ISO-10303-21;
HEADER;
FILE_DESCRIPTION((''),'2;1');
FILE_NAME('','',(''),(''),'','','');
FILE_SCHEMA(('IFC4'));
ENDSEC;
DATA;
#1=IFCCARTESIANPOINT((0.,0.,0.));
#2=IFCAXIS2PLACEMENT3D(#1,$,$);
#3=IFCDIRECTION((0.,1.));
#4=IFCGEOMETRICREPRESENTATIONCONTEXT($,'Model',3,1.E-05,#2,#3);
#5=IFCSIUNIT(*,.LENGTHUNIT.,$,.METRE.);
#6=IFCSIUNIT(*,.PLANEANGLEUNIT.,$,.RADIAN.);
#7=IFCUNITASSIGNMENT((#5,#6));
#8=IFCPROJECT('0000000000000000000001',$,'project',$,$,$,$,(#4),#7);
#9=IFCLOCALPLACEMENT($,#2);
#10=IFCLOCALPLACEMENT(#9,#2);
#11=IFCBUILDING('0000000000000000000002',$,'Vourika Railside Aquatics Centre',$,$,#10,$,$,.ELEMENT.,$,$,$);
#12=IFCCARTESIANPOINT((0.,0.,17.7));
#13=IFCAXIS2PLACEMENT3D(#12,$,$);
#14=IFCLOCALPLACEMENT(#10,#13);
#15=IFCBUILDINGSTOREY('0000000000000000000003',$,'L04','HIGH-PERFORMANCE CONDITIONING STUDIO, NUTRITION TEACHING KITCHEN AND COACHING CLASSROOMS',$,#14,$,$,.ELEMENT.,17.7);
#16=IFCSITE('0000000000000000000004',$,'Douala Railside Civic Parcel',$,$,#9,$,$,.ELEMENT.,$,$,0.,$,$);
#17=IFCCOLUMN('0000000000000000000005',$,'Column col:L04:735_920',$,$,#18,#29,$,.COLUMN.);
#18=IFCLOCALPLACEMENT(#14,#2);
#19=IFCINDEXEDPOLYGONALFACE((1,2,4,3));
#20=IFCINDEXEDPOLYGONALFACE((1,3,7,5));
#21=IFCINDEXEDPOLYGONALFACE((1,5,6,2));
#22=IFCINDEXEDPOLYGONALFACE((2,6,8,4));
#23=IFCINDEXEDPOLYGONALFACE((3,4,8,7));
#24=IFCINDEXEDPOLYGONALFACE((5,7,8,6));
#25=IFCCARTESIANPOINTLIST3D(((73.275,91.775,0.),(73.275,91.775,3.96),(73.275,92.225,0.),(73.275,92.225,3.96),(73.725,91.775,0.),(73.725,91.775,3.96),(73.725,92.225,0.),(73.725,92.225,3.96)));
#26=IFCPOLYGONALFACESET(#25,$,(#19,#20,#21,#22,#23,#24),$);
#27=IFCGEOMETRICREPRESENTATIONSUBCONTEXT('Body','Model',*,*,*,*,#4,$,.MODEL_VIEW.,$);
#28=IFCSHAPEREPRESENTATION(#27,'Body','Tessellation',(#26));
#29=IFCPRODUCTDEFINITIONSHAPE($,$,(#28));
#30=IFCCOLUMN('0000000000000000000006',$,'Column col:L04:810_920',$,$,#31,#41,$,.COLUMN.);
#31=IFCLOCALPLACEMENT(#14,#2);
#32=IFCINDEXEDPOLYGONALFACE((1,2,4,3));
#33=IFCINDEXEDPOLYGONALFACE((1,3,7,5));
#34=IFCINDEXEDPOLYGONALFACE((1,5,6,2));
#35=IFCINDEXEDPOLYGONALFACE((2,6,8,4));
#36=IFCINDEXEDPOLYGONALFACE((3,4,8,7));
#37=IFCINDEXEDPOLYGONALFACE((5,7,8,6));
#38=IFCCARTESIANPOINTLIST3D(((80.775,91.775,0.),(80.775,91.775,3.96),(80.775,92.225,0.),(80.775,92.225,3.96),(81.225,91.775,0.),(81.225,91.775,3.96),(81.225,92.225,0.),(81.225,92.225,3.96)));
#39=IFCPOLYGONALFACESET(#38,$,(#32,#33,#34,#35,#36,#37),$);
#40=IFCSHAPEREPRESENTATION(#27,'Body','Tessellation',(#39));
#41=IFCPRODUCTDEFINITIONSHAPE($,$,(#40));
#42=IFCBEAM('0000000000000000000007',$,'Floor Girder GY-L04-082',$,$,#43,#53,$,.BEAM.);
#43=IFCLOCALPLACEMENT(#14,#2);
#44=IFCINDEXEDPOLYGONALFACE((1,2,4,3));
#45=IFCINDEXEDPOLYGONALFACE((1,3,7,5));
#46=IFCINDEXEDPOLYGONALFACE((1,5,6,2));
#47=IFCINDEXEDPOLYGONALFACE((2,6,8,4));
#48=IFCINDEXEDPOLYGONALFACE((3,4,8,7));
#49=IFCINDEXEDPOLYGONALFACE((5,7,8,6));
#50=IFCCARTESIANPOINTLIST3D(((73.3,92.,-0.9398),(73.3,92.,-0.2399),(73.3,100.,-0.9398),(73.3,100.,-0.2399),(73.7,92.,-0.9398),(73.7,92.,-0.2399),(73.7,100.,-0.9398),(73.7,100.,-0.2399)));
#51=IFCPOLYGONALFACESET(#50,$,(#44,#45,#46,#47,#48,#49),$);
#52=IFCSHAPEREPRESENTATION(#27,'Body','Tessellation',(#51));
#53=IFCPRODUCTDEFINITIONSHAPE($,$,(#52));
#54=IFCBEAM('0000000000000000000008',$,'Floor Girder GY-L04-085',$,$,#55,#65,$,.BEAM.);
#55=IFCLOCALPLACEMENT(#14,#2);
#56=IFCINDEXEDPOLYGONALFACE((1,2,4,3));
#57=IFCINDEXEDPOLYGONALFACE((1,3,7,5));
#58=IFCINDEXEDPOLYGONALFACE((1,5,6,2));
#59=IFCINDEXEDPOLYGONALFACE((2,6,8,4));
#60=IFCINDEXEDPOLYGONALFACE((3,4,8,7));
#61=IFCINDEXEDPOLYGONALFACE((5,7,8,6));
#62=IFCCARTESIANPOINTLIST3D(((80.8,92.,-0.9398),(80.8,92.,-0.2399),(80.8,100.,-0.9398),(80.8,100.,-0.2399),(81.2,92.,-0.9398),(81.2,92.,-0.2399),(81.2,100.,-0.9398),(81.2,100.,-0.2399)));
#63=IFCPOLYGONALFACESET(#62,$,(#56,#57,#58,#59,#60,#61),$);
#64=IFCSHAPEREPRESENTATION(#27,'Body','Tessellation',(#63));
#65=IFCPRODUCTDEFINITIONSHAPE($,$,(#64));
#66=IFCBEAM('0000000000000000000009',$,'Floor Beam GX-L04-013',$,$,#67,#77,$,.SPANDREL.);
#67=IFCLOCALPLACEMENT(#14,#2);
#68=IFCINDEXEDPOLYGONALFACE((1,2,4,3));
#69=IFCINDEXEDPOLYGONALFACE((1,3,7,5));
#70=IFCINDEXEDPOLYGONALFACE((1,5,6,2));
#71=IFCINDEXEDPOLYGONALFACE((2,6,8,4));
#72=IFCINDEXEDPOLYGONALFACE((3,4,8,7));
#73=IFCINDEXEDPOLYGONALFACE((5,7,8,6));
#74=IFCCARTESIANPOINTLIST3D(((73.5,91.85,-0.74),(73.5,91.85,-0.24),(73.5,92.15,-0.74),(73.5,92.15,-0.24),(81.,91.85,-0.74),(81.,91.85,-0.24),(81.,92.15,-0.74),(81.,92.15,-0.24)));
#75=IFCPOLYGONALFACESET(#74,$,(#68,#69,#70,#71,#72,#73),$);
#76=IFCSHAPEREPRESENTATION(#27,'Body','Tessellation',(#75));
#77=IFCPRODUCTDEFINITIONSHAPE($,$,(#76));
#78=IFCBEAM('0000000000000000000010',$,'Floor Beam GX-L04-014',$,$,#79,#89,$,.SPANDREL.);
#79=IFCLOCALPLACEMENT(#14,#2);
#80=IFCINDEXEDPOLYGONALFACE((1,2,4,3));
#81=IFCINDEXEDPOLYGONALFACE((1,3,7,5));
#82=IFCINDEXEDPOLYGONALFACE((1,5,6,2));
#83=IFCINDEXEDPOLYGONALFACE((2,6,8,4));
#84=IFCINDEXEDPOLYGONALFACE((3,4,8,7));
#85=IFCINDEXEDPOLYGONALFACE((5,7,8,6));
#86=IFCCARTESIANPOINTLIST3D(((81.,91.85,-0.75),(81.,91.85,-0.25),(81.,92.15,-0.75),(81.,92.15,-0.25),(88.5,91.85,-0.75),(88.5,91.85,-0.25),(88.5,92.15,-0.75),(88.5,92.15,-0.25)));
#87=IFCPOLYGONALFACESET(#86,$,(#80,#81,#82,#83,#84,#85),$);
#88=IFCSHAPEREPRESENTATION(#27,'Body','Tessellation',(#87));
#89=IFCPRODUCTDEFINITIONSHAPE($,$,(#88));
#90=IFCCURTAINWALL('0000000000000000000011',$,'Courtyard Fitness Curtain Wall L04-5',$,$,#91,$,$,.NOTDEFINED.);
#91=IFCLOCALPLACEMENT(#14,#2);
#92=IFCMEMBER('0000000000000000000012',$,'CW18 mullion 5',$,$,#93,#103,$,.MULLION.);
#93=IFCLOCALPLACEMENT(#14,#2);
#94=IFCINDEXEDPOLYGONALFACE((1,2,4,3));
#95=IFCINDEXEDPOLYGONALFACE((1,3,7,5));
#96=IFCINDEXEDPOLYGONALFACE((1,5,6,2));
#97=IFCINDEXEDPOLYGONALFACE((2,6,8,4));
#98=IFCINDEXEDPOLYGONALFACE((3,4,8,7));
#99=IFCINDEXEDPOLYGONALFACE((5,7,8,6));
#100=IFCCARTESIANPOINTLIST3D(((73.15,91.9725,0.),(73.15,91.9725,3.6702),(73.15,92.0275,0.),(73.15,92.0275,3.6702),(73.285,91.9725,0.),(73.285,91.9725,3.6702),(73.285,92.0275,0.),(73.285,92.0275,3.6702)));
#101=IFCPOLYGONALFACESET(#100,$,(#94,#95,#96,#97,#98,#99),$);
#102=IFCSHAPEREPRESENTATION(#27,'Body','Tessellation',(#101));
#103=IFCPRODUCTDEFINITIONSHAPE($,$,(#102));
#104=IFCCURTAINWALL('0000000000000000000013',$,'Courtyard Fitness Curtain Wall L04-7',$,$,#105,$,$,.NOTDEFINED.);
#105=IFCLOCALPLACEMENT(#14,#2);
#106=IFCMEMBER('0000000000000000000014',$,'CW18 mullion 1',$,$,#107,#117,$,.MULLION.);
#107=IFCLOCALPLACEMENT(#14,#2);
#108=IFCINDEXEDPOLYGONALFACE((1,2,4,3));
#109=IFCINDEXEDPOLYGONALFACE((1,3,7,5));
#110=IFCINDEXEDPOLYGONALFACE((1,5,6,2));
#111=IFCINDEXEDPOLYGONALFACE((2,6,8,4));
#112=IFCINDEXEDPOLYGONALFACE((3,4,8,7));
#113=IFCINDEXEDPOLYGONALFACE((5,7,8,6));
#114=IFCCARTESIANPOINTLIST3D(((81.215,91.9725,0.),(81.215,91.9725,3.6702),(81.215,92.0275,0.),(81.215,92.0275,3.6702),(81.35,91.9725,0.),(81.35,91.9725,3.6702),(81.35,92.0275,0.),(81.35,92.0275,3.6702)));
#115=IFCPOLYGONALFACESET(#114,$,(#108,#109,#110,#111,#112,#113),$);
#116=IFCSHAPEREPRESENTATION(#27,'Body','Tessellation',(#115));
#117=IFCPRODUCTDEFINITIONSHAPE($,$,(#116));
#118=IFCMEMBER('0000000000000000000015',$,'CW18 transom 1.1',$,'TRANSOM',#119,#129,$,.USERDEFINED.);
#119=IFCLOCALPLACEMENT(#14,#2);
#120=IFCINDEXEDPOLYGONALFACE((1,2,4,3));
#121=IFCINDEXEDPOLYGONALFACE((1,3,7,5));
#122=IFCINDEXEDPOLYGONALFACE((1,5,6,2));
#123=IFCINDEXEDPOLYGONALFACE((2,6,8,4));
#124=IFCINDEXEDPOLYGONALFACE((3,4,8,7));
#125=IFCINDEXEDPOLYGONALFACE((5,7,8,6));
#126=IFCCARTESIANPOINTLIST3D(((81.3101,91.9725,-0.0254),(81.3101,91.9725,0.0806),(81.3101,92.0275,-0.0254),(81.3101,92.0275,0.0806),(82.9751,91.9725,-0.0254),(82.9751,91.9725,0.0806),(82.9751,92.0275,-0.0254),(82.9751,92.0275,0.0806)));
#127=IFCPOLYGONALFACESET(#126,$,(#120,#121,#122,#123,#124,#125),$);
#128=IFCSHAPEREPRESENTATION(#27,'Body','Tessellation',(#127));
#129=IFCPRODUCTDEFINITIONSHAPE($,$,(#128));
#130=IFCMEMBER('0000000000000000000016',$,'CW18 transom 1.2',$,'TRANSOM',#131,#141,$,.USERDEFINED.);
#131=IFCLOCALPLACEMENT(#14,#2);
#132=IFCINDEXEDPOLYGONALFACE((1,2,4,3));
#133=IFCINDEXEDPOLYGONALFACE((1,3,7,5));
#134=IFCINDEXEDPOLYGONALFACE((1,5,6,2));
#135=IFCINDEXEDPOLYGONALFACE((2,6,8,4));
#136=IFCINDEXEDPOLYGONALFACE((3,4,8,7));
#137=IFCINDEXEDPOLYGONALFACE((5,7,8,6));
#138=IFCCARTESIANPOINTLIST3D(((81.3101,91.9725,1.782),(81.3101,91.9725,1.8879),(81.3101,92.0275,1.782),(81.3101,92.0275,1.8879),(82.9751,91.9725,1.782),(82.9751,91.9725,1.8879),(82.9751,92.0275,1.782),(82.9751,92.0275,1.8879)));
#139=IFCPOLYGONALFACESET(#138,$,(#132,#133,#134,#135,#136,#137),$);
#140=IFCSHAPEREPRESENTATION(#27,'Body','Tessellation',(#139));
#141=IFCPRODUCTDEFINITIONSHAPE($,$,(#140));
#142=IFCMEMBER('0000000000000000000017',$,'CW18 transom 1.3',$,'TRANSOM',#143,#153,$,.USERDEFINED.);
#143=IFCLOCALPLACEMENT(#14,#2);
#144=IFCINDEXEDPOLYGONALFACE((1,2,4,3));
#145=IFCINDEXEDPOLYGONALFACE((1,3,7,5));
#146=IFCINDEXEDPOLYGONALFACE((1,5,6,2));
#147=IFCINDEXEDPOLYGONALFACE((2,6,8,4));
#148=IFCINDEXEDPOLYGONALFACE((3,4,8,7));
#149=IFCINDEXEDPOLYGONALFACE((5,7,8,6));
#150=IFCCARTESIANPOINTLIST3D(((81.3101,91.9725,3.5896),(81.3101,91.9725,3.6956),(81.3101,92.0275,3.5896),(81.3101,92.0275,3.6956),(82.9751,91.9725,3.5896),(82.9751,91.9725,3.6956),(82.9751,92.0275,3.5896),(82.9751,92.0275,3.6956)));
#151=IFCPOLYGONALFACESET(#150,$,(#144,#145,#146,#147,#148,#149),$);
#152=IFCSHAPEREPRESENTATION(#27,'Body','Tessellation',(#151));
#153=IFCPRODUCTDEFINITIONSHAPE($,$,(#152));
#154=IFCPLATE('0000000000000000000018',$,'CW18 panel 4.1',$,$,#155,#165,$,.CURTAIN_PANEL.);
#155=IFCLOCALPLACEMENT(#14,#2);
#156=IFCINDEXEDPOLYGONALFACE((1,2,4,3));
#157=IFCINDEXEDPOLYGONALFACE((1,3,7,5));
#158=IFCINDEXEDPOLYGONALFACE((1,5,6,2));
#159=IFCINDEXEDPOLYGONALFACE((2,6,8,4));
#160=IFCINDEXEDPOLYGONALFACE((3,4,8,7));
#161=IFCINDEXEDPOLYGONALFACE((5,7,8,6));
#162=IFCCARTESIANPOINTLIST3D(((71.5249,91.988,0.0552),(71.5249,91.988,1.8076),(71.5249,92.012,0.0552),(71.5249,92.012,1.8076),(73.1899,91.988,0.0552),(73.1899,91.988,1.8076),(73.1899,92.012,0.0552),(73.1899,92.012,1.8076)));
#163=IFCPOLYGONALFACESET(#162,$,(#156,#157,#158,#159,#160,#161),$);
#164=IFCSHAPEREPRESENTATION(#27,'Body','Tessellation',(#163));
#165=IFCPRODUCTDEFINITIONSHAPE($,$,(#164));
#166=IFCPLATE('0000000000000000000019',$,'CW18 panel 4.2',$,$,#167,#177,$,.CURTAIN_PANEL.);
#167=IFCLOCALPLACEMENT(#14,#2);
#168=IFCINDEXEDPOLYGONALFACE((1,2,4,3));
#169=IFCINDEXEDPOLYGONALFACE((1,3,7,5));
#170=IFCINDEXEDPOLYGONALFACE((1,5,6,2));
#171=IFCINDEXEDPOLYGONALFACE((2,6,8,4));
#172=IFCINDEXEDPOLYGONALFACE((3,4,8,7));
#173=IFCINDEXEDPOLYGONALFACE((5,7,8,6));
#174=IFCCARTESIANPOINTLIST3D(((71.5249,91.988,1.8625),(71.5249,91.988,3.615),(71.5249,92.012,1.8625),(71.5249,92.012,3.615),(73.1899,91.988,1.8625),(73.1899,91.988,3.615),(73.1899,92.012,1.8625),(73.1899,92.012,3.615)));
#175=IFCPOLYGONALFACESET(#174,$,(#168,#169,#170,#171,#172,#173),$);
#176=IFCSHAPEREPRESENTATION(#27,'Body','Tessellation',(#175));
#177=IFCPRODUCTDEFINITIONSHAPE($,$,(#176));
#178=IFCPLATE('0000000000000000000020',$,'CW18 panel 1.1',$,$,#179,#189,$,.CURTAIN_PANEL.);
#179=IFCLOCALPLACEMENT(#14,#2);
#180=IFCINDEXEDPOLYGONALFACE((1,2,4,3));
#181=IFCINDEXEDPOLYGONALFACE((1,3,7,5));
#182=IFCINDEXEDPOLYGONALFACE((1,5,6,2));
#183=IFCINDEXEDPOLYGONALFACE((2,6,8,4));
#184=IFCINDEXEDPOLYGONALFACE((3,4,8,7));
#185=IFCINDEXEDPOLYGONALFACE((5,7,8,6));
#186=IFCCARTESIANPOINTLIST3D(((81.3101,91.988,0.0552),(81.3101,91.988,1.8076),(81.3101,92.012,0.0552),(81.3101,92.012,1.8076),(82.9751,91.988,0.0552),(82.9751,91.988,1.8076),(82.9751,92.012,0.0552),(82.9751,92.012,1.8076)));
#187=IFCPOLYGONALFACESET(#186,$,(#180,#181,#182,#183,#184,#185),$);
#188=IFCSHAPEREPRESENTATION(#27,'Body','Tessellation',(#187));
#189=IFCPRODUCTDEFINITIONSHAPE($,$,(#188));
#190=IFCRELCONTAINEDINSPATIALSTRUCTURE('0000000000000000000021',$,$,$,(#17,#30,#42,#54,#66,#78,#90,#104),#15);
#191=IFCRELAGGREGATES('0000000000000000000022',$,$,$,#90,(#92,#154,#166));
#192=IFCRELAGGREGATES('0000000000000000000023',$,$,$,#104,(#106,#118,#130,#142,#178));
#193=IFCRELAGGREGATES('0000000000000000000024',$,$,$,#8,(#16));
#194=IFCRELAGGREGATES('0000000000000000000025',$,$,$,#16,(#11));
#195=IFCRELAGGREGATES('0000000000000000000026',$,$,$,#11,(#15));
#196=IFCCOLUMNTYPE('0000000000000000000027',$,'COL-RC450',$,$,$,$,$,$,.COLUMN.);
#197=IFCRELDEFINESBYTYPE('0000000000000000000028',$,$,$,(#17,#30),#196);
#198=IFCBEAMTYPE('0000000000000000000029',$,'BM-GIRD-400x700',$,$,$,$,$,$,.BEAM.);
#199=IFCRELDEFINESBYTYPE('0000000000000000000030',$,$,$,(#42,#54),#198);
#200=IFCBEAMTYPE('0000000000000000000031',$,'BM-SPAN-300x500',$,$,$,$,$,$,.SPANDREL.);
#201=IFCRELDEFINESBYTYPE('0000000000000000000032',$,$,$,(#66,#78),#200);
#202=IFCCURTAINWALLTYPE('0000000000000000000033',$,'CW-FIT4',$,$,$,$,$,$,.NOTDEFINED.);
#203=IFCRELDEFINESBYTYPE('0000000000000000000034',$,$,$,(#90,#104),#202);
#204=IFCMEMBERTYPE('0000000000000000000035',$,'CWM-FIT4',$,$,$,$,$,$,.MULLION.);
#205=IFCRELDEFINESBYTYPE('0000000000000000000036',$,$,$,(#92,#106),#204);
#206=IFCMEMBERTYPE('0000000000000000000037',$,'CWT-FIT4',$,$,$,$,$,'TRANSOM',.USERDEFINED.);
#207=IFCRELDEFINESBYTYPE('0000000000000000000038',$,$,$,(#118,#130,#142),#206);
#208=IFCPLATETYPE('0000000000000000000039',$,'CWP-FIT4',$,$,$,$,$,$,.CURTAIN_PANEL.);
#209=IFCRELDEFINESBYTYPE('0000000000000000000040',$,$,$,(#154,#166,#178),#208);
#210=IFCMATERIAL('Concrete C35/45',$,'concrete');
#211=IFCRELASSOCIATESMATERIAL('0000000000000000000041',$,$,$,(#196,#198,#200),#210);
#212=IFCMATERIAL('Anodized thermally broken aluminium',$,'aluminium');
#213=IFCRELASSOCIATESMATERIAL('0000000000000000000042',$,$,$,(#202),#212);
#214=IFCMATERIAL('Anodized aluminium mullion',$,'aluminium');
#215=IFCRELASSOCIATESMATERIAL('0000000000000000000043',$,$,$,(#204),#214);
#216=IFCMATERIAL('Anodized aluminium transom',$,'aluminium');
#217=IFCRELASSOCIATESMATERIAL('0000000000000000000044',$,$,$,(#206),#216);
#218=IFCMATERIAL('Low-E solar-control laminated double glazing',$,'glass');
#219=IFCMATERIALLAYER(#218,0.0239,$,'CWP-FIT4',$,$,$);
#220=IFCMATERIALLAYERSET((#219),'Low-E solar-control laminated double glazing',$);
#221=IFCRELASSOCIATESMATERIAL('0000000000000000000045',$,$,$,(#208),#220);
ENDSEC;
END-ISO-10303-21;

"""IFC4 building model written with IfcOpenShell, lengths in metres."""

from ifc_helpers import new_model, si_unit, direction, frame, origin, origin_2d, place, context, subcontext, project, spatial, rectangle, extrude, material, layer, layer_set, material_profile, profile_set, type_object, element, aggregate, save


model = new_model("IFC4")

# Units and contexts
model_context = context("Model", 3, precision=1e-05, world=origin(), true_north=direction((0.0, 1.0)))
body_context = subcontext(model_context, "Body", "Model", "MODEL_VIEW")
ifc_project = project(units=[si_unit("LENGTHUNIT", "METRE"), si_unit("PLANEANGLEUNIT", "RADIAN")], contexts=[model_context])

# Site, building, storey
site_placement = place(None, origin())
site = spatial("IfcSite", under=ifc_project, at=site_placement, Name="Douala Railside Civic Parcel", CompositionType="ELEMENT", RefElevation=0.0)
building_placement = place(site_placement, origin())
building = spatial("IfcBuilding", under=site, at=building_placement, Name="Vourika Railside Aquatics Centre", CompositionType="ELEMENT")
storey_placement = place(building_placement, frame((0.0, 0.0, 17.7)))
storey = spatial("IfcBuildingStorey", under=building, at=storey_placement, Name="L04", Description="HIGH-PERFORMANCE CONDITIONING STUDIO, NUTRITION TEACHING KITCHEN AND COACHING CLASSROOMS", CompositionType="ELEMENT", Elevation=17.7)

# Columns
ifc_material_1 = material(Name="Concrete C35/45", Category="concrete")
ifc_material_profile_1 = material_profile(ifc_material_1, rectangle(XDim=0.45, YDim=0.45, at=origin_2d()), Name="RC 450x450")
ifc_profile_set_1 = profile_set([ifc_material_profile_1], Name="Concrete C35/45")
column_type = type_object("IfcColumnType", Name="COL-RC450", PredefinedType="COLUMN", material=ifc_profile_set_1)
for number, where, z_axis, x_axis, name in (
    (1, (73.5, 92.0, 0.0), (0.0, 0.0, 1.0), (1.0, 0.0, 0.0), "Column col:L04:735_920"),
    (2, (81.0, 92.0, 0.0), (0.0, 0.0, 1.0), (1.0, 0.0, 0.0), "Column col:L04:810_920"),
):
    element("IfcColumn", number, at=place(storey_placement, frame(where, z_axis=z_axis, x_axis=x_axis)), inside=storey, type_object=column_type, Name=name, PredefinedType="COLUMN", context=body_context, shape_type="SweptSolid", body=[
        extrude(rectangle(XDim=0.45, YDim=0.45, at=origin_2d()), origin(), (0.0, 0.0, 1.0), 3.96),
    ])

# Beams
ifc_material_profile_2 = material_profile(ifc_material_1, rectangle(XDim=0.3999, YDim=0.7, at=origin_2d()), Name="RC 400x700")
ifc_profile_set_2 = profile_set([ifc_material_profile_2], Name="Concrete C35/45")
beam_type_1 = type_object("IfcBeamType", Name="BM-GIRD-400x700", PredefinedType="BEAM", material=ifc_profile_set_2)
for number, where, z_axis, x_axis, name in (
    (3, (73.5, 92.0, -0.5898), (0.0, 1.0, 0.0), (-1.0, 0.0, 0.0), "Floor Girder GY-L04-082"),
    (4, (81.0, 92.0, -0.5898), (0.0, 1.0, 0.0), (-1.0, 0.0, 0.0), "Floor Girder GY-L04-085"),
):
    element("IfcBeam", number, at=place(storey_placement, frame(where, z_axis=z_axis, x_axis=x_axis)), inside=storey, type_object=beam_type_1, Name=name, PredefinedType="BEAM", context=body_context, shape_type="SweptSolid", body=[
        extrude(rectangle(XDim=0.3999, YDim=0.7, at=origin_2d()), origin(), (0.0, 0.0, 1.0), 8.0),
    ])
ifc_material_profile_3 = material_profile(ifc_material_1, rectangle(XDim=0.3, YDim=0.5, at=origin_2d()), Name="RC 300x500")
ifc_profile_set_3 = profile_set([ifc_material_profile_3], Name="Concrete C35/45")
beam_type_2 = type_object("IfcBeamType", Name="BM-SPAN-300x500", PredefinedType="SPANDREL", material=ifc_profile_set_3)
for number, where, z_axis, x_axis, name in (
    (5, (73.5, 92.0, -0.49), (1.0, 0.0, 0.0), (0.0, 1.0, 0.0), "Floor Beam GX-L04-013"),
    (6, (81.0, 92.0, -0.5), (1.0, 0.0, 0.0), (0.0, 1.0, 0.0), "Floor Beam GX-L04-014"),
):
    element("IfcBeam", number, at=place(storey_placement, frame(where, z_axis=z_axis, x_axis=x_axis)), inside=storey, type_object=beam_type_2, Name=name, PredefinedType="SPANDREL", context=body_context, shape_type="SweptSolid", body=[
        extrude(rectangle(XDim=0.3, YDim=0.5, at=origin_2d()), origin(), (0.0, 0.0, 1.0), 7.5),
    ])

# Curtain wall, member
ifc_material_2 = material(Name="Anodized thermally broken aluminium", Category="aluminium")
curtain_wall_type = type_object("IfcCurtainWallType", Name="CW-FIT4", PredefinedType="NOTDEFINED", material=ifc_material_2)
curtain_wall_1_placement = place(storey_placement, origin())
curtain_wall_1 = element("IfcCurtainWall", 7, at=curtain_wall_1_placement, inside=storey, type_object=curtain_wall_type, Name="Courtyard Fitness Curtain Wall L04-5", PredefinedType="NOTDEFINED")
ifc_material_3 = material(Name="Anodized aluminium mullion", Category="aluminium")
ifc_material_profile_4 = material_profile(ifc_material_3, rectangle(XDim=0.0549, YDim=0.135, at=origin_2d()), Name="ALU-M 55x135")
ifc_profile_set_4 = profile_set([ifc_material_profile_4], Name="Anodized aluminium mullion")
member_type_1 = type_object("IfcMemberType", Name="CWM-FIT4", PredefinedType="MULLION", material=ifc_profile_set_4)
member_1_placement = place(storey_placement, frame((73.2175, 92.0, 0.0), z_axis=(0.0, 0.0, 1.0), x_axis=(0.0, 1.0, 0.0)))
member_1 = element("IfcMember", 8, at=member_1_placement, type_object=member_type_1, Name="CW18 mullion 5", PredefinedType="MULLION", context=body_context, shape_type="SweptSolid", body=[
    extrude(rectangle(XDim=0.0549, YDim=0.135, at=origin_2d()), origin(), (0.0, 0.0, 1.0), 3.6702),
])

# Curtain wall, members
curtain_wall_2_placement = place(storey_placement, origin())
curtain_wall_2 = element("IfcCurtainWall", 9, at=curtain_wall_2_placement, inside=storey, type_object=curtain_wall_type, Name="Courtyard Fitness Curtain Wall L04-7", PredefinedType="NOTDEFINED")
member_2_placement = place(storey_placement, frame((81.2825, 92.0, 0.0), z_axis=(0.0, 0.0, 1.0), x_axis=(0.0, 1.0, 0.0)))
member_2 = element("IfcMember", 10, at=member_2_placement, type_object=member_type_1, Name="CW18 mullion 1", PredefinedType="MULLION", context=body_context, shape_type="SweptSolid", body=[
    extrude(rectangle(XDim=0.0549, YDim=0.135, at=origin_2d()), origin(), (0.0, 0.0, 1.0), 3.6702),
])
ifc_material_4 = material(Name="Anodized aluminium transom", Category="aluminium")
ifc_material_profile_5 = material_profile(ifc_material_4, rectangle(XDim=0.0549, YDim=0.106, at=origin_2d()), Name="ALU-T 55x106")
ifc_profile_set_5 = profile_set([ifc_material_profile_5], Name="Anodized aluminium transom")
member_type_2 = type_object("IfcMemberType", Name="CWT-FIT4", ElementType="TRANSOM", PredefinedType="USERDEFINED", material=ifc_profile_set_5)
member_3_placement = place(storey_placement, frame((81.3101, 92.0, 0.0276), z_axis=(1.0, 0.0, 0.0), x_axis=(0.0, 1.0, 0.0)))
member_3 = element("IfcMember", 11, at=member_3_placement, type_object=member_type_2, Name="CW18 transom 1.1", ObjectType="TRANSOM", PredefinedType="USERDEFINED", context=body_context, shape_type="SweptSolid", body=[
    extrude(rectangle(XDim=0.0549, YDim=0.106, at=origin_2d()), origin(), (0.0, 0.0, 1.0), 1.665),
])
member_4_placement = place(storey_placement, frame((81.3101, 92.0, 1.835), z_axis=(1.0, 0.0, 0.0), x_axis=(0.0, 1.0, 0.0)))
member_4 = element("IfcMember", 12, at=member_4_placement, type_object=member_type_2, Name="CW18 transom 1.2", ObjectType="TRANSOM", PredefinedType="USERDEFINED", context=body_context, shape_type="SweptSolid", body=[
    extrude(rectangle(XDim=0.0549, YDim=0.106, at=origin_2d()), origin(), (0.0, 0.0, 1.0), 1.665),
])
member_5_placement = place(storey_placement, frame((81.3101, 92.0, 3.6426), z_axis=(1.0, 0.0, 0.0), x_axis=(0.0, 1.0, 0.0)))
member_5 = element("IfcMember", 13, at=member_5_placement, type_object=member_type_2, Name="CW18 transom 1.3", ObjectType="TRANSOM", PredefinedType="USERDEFINED", context=body_context, shape_type="SweptSolid", body=[
    extrude(rectangle(XDim=0.0549, YDim=0.106, at=origin_2d()), origin(), (0.0, 0.0, 1.0), 1.665),
])

# Plates
ifc_material_5 = material(Name="Low-E solar-control laminated double glazing", Category="glass")
ifc_layer_1 = layer(ifc_material_5, 0.0239, Name="CWP-FIT4")
ifc_layer_set_1 = layer_set([ifc_layer_1], Name="Low-E solar-control laminated double glazing")
plate_type = type_object("IfcPlateType", Name="CWP-FIT4", PredefinedType="CURTAIN_PANEL", material=ifc_layer_set_1)
plate_1_placement = place(storey_placement, frame((72.3574, 92.0, 0.0552), z_axis=(0.0, 0.0, 1.0), x_axis=(1.0, 0.0, 0.0)))
plate_1 = element("IfcPlate", 14, at=plate_1_placement, type_object=plate_type, Name="CW18 panel 4.1", PredefinedType="CURTAIN_PANEL", context=body_context, shape_type="SweptSolid", body=[
    extrude(rectangle(XDim=1.665, YDim=0.0239, at=origin_2d()), origin(), (0.0, 0.0, 1.0), 1.7524),
])
plate_2_placement = place(storey_placement, frame((72.3574, 92.0, 1.8625), z_axis=(0.0, 0.0, 1.0), x_axis=(1.0, 0.0, 0.0)))
plate_2 = element("IfcPlate", 15, at=plate_2_placement, type_object=plate_type, Name="CW18 panel 4.2", PredefinedType="CURTAIN_PANEL", context=body_context, shape_type="SweptSolid", body=[
    extrude(rectangle(XDim=1.665, YDim=0.0239, at=origin_2d()), origin(), (0.0, 0.0, 1.0), 1.7524),
])
aggregate(curtain_wall_1, [member_1, plate_1, plate_2])
plate_3_placement = place(storey_placement, frame((82.1426, 92.0, 0.0552), z_axis=(0.0, 0.0, 1.0), x_axis=(1.0, 0.0, 0.0)))
plate_3 = element("IfcPlate", 16, at=plate_3_placement, type_object=plate_type, Name="CW18 panel 1.1", PredefinedType="CURTAIN_PANEL", context=body_context, shape_type="SweptSolid", body=[
    extrude(rectangle(XDim=1.665, YDim=0.0239, at=origin_2d()), origin(), (0.0, 0.0, 1.0), 1.7524),
])
aggregate(curtain_wall_2, [member_2, member_3, member_4, member_5, plate_3])

save(model, "model.ifc")
